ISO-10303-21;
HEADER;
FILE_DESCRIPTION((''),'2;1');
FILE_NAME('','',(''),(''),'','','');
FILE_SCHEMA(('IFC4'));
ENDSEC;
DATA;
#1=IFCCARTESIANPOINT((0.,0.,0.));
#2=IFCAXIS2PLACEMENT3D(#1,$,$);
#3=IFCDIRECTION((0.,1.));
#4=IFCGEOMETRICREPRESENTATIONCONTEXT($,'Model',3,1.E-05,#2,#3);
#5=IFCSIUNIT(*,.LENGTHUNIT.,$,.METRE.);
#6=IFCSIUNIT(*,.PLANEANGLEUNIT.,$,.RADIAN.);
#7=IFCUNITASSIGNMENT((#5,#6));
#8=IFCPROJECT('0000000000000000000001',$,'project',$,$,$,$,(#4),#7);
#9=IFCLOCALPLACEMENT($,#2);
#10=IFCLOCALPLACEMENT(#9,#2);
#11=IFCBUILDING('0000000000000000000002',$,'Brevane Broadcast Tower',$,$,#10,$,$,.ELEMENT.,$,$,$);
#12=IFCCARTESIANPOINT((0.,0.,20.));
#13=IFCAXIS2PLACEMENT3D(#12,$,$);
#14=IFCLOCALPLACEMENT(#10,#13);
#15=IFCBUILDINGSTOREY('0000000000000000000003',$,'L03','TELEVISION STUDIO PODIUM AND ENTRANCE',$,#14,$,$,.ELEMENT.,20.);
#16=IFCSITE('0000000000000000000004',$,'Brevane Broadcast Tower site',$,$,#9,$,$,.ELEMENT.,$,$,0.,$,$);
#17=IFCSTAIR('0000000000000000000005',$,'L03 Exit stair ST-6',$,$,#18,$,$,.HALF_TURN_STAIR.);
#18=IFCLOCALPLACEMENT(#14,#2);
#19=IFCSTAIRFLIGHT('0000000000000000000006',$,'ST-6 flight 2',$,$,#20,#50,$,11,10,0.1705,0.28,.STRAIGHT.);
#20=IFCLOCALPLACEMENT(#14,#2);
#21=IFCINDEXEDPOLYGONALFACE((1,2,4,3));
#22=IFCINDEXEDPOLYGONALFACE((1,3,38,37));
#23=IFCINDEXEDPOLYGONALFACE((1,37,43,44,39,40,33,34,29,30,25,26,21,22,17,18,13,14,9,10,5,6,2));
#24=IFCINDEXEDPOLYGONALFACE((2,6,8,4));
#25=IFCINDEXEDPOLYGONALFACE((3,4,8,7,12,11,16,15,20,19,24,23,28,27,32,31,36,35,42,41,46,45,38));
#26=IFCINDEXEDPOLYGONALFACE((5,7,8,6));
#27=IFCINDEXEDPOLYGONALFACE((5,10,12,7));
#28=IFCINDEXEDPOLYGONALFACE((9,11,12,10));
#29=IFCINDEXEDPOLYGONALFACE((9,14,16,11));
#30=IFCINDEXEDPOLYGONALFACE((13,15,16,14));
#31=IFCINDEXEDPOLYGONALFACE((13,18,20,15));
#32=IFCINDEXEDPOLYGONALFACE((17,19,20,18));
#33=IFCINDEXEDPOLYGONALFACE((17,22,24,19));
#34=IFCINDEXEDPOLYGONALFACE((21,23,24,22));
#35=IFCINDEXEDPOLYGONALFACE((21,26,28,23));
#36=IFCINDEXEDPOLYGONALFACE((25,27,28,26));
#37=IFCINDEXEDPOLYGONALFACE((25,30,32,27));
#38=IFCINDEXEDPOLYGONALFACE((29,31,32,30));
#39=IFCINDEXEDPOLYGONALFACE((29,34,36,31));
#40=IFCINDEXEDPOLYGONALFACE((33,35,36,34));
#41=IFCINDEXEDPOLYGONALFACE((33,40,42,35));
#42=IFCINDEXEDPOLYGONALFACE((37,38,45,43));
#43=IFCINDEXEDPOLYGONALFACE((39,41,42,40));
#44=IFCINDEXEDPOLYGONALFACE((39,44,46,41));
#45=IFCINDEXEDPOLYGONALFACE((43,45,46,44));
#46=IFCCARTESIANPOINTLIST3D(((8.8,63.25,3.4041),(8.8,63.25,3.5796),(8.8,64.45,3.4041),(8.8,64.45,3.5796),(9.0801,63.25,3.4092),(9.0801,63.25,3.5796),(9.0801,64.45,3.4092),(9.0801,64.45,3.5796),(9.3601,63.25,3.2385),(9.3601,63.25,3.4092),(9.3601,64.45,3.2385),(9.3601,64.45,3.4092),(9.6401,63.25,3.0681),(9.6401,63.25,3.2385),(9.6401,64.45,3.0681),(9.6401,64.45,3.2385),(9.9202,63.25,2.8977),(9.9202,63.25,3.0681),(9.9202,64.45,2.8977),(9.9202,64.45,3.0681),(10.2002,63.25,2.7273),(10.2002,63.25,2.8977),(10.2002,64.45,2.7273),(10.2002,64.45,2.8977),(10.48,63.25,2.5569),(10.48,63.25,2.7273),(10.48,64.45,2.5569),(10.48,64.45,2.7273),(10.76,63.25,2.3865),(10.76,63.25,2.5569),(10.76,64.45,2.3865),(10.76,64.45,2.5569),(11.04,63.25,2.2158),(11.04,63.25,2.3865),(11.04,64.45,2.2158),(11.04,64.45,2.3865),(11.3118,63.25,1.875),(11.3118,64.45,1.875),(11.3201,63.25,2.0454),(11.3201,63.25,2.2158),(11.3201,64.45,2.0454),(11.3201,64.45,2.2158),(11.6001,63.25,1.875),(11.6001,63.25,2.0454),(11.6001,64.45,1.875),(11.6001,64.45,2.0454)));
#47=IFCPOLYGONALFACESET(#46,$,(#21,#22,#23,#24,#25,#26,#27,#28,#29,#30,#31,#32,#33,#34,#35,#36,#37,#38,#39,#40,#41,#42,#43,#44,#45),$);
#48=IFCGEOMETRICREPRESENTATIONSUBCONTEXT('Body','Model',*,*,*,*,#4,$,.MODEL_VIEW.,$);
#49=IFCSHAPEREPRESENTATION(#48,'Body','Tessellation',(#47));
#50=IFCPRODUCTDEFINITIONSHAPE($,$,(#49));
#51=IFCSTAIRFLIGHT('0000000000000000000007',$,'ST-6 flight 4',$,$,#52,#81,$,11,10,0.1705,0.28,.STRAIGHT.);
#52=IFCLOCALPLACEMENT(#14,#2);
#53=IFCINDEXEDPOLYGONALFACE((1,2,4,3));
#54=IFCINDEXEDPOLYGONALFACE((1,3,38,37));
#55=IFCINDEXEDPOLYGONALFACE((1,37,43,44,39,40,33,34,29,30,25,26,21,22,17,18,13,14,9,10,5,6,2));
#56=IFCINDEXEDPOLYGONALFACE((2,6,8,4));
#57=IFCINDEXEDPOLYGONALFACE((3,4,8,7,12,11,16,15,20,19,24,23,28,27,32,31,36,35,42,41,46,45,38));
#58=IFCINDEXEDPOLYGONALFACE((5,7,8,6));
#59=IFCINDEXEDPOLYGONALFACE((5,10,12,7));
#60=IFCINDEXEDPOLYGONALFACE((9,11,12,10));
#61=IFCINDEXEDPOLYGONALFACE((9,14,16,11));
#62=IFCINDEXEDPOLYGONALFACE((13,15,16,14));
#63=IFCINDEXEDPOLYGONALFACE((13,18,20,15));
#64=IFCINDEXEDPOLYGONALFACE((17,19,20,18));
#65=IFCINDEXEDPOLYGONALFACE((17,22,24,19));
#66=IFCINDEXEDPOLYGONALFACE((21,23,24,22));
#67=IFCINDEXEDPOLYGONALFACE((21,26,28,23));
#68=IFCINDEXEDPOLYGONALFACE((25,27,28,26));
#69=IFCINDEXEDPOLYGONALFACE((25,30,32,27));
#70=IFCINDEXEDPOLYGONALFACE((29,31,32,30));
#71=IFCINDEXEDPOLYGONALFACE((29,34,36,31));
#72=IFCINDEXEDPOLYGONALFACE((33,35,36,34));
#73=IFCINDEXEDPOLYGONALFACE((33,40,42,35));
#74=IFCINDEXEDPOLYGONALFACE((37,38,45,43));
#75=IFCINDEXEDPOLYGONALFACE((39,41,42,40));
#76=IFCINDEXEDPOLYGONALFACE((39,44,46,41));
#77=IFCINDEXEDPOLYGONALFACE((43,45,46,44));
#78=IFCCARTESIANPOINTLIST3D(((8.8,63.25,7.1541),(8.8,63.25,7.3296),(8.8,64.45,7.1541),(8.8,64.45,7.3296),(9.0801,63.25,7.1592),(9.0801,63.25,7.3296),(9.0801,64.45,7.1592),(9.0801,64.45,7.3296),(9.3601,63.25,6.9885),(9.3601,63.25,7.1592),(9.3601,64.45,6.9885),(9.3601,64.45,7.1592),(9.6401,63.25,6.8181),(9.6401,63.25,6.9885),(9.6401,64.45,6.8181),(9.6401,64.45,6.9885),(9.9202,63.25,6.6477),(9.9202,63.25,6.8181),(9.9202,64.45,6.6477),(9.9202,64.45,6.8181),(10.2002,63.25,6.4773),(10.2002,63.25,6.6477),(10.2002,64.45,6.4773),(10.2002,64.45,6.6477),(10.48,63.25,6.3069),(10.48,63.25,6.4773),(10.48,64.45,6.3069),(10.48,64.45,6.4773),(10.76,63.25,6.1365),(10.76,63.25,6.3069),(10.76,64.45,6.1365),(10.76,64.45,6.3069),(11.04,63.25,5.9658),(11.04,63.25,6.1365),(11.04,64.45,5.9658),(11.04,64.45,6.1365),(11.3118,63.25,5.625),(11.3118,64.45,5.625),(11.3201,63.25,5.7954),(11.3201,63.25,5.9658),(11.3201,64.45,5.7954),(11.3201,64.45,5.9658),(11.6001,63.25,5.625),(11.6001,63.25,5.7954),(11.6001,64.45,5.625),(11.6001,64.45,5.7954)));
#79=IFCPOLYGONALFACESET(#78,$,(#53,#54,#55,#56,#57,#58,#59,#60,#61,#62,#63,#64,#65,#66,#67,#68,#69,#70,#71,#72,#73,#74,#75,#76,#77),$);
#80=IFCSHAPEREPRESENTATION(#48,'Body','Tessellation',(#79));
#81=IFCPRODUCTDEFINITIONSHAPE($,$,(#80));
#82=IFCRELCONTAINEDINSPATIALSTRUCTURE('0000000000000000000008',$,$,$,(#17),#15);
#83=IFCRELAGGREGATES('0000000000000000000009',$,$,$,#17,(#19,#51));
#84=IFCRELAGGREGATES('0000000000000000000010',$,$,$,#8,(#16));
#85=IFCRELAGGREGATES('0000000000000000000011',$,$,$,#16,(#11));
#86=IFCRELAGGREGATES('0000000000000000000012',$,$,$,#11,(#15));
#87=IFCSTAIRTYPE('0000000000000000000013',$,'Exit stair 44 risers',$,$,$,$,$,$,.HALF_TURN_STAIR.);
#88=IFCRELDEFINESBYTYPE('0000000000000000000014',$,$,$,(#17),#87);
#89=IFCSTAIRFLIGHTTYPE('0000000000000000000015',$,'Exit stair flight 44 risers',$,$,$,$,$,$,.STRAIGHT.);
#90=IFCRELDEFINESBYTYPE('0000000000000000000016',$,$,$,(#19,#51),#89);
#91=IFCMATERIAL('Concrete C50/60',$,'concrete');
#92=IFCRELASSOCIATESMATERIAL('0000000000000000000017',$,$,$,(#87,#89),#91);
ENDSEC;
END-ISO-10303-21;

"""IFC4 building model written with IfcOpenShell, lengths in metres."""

from ifc_helpers import new_model, si_unit, direction, frame, origin, place, context, subcontext, project, spatial, polyline, outline, extrude, material, type_object, element, aggregate, save


model = new_model("IFC4")

# Units and contexts
model_context = context("Model", 3, precision=1e-05, world=origin(), true_north=direction((0.0, 1.0)))
body_context = subcontext(model_context, "Body", "Model", "MODEL_VIEW")
ifc_project = project(units=[si_unit("LENGTHUNIT", "METRE"), si_unit("PLANEANGLEUNIT", "RADIAN")], contexts=[model_context])

# Site, building, storey
site_placement = place(None, origin())
site = spatial("IfcSite", under=ifc_project, at=site_placement, Name="Brevane Broadcast Tower site", CompositionType="ELEMENT", RefElevation=0.0)
building_placement = place(site_placement, origin())
building = spatial("IfcBuilding", under=site, at=building_placement, Name="Brevane Broadcast Tower", CompositionType="ELEMENT")
storey_placement = place(building_placement, frame((0.0, 0.0, 20.0)))
storey = spatial("IfcBuildingStorey", under=building, at=storey_placement, Name="L03", Description="TELEVISION STUDIO PODIUM AND ENTRANCE", CompositionType="ELEMENT", Elevation=20.0)

# Stair, stair flights
ifc_material_1 = material(Name="Concrete C50/60", Category="concrete")
stair_type = type_object("IfcStairType", Name="Exit stair 44 risers", PredefinedType="HALF_TURN_STAIR", material=ifc_material_1)
stair_placement = place(storey_placement, origin())
stair = element("IfcStair", 1, at=stair_placement, inside=storey, type_object=stair_type, Name="L03 Exit stair ST-6", PredefinedType="HALF_TURN_STAIR")
stair_flight_type = type_object("IfcStairFlightType", Name="Exit stair flight 44 risers", PredefinedType="STRAIGHT", material=ifc_material_1)
stair_flight_1_placement = place(storey_placement, frame((11.6001, 63.8501, 1.875), z_axis=(0.0, 0.0, 1.0), x_axis=(-1.0, 0.0, 0.0)))
stair_flight_1 = element("IfcStairFlight", 2, at=stair_flight_1_placement, type_object=stair_flight_type, Name="ST-6 flight 2", NumberOfRisers=11, NumberOfTreads=10, PredefinedType="STRAIGHT", RiserHeight=0.1705, TreadLength=0.28, context=body_context, shape_type="SweptSolid", body=[
    extrude(outline(polyline([(0.0, 0.0), (0.0, 0.1704), (0.28, 0.1704), (0.28, 0.3408), (0.5601, 0.3408), (0.5601, 0.5115), (0.8401, 0.5115), (0.8401, 0.6819), (1.1201, 0.6819), (1.1201, 0.8523), (1.3999, 0.8523), (1.3999, 1.0227), (1.6799, 1.0227), (1.6799, 1.1931), (1.96, 1.1931), (1.96, 1.3635), (2.24, 1.3635), (2.24, 1.5342), (2.52, 1.5342), (2.52, 1.7046), (2.8, 1.7046), (2.8, 1.875), (2.8, 1.5291), (0.2883, 0.0), (0.0, 0.0)])), frame((0.0, 0.6001, 0.0), z_axis=(0.0, -1.0, 0.0), x_axis=(1.0, 0.0, 0.0)), (0.0, 0.0, 1.0), 1.2),
])
stair_flight_2_placement = place(storey_placement, frame((11.6001, 63.8501, 5.625), z_axis=(0.0, 0.0, 1.0), x_axis=(-1.0, 0.0, 0.0)))
stair_flight_2 = element("IfcStairFlight", 3, at=stair_flight_2_placement, type_object=stair_flight_type, Name="ST-6 flight 4", NumberOfRisers=11, NumberOfTreads=10, PredefinedType="STRAIGHT", RiserHeight=0.1705, TreadLength=0.28, context=body_context, shape_type="SweptSolid", body=[
    extrude(outline(polyline([(0.0, 0.0), (0.0, 0.1704), (0.28, 0.1704), (0.28, 0.3408), (0.5601, 0.3408), (0.5601, 0.5115), (0.8401, 0.5115), (0.8401, 0.6819), (1.1201, 0.6819), (1.1201, 0.8523), (1.3999, 0.8523), (1.3999, 1.0227), (1.6799, 1.0227), (1.6799, 1.1931), (1.96, 1.1931), (1.96, 1.3635), (2.24, 1.3635), (2.24, 1.5342), (2.52, 1.5342), (2.52, 1.7046), (2.8, 1.7046), (2.8, 1.875), (2.8, 1.5291), (0.2883, 0.0), (0.0, 0.0)])), frame((0.0, 0.6001, 0.0), z_axis=(0.0, -1.0, 0.0), x_axis=(1.0, 0.0, 0.0)), (0.0, 0.0, 1.0), 1.2),
])
aggregate(stair, [stair_flight_1, stair_flight_2])

save(model, "model.ifc")
